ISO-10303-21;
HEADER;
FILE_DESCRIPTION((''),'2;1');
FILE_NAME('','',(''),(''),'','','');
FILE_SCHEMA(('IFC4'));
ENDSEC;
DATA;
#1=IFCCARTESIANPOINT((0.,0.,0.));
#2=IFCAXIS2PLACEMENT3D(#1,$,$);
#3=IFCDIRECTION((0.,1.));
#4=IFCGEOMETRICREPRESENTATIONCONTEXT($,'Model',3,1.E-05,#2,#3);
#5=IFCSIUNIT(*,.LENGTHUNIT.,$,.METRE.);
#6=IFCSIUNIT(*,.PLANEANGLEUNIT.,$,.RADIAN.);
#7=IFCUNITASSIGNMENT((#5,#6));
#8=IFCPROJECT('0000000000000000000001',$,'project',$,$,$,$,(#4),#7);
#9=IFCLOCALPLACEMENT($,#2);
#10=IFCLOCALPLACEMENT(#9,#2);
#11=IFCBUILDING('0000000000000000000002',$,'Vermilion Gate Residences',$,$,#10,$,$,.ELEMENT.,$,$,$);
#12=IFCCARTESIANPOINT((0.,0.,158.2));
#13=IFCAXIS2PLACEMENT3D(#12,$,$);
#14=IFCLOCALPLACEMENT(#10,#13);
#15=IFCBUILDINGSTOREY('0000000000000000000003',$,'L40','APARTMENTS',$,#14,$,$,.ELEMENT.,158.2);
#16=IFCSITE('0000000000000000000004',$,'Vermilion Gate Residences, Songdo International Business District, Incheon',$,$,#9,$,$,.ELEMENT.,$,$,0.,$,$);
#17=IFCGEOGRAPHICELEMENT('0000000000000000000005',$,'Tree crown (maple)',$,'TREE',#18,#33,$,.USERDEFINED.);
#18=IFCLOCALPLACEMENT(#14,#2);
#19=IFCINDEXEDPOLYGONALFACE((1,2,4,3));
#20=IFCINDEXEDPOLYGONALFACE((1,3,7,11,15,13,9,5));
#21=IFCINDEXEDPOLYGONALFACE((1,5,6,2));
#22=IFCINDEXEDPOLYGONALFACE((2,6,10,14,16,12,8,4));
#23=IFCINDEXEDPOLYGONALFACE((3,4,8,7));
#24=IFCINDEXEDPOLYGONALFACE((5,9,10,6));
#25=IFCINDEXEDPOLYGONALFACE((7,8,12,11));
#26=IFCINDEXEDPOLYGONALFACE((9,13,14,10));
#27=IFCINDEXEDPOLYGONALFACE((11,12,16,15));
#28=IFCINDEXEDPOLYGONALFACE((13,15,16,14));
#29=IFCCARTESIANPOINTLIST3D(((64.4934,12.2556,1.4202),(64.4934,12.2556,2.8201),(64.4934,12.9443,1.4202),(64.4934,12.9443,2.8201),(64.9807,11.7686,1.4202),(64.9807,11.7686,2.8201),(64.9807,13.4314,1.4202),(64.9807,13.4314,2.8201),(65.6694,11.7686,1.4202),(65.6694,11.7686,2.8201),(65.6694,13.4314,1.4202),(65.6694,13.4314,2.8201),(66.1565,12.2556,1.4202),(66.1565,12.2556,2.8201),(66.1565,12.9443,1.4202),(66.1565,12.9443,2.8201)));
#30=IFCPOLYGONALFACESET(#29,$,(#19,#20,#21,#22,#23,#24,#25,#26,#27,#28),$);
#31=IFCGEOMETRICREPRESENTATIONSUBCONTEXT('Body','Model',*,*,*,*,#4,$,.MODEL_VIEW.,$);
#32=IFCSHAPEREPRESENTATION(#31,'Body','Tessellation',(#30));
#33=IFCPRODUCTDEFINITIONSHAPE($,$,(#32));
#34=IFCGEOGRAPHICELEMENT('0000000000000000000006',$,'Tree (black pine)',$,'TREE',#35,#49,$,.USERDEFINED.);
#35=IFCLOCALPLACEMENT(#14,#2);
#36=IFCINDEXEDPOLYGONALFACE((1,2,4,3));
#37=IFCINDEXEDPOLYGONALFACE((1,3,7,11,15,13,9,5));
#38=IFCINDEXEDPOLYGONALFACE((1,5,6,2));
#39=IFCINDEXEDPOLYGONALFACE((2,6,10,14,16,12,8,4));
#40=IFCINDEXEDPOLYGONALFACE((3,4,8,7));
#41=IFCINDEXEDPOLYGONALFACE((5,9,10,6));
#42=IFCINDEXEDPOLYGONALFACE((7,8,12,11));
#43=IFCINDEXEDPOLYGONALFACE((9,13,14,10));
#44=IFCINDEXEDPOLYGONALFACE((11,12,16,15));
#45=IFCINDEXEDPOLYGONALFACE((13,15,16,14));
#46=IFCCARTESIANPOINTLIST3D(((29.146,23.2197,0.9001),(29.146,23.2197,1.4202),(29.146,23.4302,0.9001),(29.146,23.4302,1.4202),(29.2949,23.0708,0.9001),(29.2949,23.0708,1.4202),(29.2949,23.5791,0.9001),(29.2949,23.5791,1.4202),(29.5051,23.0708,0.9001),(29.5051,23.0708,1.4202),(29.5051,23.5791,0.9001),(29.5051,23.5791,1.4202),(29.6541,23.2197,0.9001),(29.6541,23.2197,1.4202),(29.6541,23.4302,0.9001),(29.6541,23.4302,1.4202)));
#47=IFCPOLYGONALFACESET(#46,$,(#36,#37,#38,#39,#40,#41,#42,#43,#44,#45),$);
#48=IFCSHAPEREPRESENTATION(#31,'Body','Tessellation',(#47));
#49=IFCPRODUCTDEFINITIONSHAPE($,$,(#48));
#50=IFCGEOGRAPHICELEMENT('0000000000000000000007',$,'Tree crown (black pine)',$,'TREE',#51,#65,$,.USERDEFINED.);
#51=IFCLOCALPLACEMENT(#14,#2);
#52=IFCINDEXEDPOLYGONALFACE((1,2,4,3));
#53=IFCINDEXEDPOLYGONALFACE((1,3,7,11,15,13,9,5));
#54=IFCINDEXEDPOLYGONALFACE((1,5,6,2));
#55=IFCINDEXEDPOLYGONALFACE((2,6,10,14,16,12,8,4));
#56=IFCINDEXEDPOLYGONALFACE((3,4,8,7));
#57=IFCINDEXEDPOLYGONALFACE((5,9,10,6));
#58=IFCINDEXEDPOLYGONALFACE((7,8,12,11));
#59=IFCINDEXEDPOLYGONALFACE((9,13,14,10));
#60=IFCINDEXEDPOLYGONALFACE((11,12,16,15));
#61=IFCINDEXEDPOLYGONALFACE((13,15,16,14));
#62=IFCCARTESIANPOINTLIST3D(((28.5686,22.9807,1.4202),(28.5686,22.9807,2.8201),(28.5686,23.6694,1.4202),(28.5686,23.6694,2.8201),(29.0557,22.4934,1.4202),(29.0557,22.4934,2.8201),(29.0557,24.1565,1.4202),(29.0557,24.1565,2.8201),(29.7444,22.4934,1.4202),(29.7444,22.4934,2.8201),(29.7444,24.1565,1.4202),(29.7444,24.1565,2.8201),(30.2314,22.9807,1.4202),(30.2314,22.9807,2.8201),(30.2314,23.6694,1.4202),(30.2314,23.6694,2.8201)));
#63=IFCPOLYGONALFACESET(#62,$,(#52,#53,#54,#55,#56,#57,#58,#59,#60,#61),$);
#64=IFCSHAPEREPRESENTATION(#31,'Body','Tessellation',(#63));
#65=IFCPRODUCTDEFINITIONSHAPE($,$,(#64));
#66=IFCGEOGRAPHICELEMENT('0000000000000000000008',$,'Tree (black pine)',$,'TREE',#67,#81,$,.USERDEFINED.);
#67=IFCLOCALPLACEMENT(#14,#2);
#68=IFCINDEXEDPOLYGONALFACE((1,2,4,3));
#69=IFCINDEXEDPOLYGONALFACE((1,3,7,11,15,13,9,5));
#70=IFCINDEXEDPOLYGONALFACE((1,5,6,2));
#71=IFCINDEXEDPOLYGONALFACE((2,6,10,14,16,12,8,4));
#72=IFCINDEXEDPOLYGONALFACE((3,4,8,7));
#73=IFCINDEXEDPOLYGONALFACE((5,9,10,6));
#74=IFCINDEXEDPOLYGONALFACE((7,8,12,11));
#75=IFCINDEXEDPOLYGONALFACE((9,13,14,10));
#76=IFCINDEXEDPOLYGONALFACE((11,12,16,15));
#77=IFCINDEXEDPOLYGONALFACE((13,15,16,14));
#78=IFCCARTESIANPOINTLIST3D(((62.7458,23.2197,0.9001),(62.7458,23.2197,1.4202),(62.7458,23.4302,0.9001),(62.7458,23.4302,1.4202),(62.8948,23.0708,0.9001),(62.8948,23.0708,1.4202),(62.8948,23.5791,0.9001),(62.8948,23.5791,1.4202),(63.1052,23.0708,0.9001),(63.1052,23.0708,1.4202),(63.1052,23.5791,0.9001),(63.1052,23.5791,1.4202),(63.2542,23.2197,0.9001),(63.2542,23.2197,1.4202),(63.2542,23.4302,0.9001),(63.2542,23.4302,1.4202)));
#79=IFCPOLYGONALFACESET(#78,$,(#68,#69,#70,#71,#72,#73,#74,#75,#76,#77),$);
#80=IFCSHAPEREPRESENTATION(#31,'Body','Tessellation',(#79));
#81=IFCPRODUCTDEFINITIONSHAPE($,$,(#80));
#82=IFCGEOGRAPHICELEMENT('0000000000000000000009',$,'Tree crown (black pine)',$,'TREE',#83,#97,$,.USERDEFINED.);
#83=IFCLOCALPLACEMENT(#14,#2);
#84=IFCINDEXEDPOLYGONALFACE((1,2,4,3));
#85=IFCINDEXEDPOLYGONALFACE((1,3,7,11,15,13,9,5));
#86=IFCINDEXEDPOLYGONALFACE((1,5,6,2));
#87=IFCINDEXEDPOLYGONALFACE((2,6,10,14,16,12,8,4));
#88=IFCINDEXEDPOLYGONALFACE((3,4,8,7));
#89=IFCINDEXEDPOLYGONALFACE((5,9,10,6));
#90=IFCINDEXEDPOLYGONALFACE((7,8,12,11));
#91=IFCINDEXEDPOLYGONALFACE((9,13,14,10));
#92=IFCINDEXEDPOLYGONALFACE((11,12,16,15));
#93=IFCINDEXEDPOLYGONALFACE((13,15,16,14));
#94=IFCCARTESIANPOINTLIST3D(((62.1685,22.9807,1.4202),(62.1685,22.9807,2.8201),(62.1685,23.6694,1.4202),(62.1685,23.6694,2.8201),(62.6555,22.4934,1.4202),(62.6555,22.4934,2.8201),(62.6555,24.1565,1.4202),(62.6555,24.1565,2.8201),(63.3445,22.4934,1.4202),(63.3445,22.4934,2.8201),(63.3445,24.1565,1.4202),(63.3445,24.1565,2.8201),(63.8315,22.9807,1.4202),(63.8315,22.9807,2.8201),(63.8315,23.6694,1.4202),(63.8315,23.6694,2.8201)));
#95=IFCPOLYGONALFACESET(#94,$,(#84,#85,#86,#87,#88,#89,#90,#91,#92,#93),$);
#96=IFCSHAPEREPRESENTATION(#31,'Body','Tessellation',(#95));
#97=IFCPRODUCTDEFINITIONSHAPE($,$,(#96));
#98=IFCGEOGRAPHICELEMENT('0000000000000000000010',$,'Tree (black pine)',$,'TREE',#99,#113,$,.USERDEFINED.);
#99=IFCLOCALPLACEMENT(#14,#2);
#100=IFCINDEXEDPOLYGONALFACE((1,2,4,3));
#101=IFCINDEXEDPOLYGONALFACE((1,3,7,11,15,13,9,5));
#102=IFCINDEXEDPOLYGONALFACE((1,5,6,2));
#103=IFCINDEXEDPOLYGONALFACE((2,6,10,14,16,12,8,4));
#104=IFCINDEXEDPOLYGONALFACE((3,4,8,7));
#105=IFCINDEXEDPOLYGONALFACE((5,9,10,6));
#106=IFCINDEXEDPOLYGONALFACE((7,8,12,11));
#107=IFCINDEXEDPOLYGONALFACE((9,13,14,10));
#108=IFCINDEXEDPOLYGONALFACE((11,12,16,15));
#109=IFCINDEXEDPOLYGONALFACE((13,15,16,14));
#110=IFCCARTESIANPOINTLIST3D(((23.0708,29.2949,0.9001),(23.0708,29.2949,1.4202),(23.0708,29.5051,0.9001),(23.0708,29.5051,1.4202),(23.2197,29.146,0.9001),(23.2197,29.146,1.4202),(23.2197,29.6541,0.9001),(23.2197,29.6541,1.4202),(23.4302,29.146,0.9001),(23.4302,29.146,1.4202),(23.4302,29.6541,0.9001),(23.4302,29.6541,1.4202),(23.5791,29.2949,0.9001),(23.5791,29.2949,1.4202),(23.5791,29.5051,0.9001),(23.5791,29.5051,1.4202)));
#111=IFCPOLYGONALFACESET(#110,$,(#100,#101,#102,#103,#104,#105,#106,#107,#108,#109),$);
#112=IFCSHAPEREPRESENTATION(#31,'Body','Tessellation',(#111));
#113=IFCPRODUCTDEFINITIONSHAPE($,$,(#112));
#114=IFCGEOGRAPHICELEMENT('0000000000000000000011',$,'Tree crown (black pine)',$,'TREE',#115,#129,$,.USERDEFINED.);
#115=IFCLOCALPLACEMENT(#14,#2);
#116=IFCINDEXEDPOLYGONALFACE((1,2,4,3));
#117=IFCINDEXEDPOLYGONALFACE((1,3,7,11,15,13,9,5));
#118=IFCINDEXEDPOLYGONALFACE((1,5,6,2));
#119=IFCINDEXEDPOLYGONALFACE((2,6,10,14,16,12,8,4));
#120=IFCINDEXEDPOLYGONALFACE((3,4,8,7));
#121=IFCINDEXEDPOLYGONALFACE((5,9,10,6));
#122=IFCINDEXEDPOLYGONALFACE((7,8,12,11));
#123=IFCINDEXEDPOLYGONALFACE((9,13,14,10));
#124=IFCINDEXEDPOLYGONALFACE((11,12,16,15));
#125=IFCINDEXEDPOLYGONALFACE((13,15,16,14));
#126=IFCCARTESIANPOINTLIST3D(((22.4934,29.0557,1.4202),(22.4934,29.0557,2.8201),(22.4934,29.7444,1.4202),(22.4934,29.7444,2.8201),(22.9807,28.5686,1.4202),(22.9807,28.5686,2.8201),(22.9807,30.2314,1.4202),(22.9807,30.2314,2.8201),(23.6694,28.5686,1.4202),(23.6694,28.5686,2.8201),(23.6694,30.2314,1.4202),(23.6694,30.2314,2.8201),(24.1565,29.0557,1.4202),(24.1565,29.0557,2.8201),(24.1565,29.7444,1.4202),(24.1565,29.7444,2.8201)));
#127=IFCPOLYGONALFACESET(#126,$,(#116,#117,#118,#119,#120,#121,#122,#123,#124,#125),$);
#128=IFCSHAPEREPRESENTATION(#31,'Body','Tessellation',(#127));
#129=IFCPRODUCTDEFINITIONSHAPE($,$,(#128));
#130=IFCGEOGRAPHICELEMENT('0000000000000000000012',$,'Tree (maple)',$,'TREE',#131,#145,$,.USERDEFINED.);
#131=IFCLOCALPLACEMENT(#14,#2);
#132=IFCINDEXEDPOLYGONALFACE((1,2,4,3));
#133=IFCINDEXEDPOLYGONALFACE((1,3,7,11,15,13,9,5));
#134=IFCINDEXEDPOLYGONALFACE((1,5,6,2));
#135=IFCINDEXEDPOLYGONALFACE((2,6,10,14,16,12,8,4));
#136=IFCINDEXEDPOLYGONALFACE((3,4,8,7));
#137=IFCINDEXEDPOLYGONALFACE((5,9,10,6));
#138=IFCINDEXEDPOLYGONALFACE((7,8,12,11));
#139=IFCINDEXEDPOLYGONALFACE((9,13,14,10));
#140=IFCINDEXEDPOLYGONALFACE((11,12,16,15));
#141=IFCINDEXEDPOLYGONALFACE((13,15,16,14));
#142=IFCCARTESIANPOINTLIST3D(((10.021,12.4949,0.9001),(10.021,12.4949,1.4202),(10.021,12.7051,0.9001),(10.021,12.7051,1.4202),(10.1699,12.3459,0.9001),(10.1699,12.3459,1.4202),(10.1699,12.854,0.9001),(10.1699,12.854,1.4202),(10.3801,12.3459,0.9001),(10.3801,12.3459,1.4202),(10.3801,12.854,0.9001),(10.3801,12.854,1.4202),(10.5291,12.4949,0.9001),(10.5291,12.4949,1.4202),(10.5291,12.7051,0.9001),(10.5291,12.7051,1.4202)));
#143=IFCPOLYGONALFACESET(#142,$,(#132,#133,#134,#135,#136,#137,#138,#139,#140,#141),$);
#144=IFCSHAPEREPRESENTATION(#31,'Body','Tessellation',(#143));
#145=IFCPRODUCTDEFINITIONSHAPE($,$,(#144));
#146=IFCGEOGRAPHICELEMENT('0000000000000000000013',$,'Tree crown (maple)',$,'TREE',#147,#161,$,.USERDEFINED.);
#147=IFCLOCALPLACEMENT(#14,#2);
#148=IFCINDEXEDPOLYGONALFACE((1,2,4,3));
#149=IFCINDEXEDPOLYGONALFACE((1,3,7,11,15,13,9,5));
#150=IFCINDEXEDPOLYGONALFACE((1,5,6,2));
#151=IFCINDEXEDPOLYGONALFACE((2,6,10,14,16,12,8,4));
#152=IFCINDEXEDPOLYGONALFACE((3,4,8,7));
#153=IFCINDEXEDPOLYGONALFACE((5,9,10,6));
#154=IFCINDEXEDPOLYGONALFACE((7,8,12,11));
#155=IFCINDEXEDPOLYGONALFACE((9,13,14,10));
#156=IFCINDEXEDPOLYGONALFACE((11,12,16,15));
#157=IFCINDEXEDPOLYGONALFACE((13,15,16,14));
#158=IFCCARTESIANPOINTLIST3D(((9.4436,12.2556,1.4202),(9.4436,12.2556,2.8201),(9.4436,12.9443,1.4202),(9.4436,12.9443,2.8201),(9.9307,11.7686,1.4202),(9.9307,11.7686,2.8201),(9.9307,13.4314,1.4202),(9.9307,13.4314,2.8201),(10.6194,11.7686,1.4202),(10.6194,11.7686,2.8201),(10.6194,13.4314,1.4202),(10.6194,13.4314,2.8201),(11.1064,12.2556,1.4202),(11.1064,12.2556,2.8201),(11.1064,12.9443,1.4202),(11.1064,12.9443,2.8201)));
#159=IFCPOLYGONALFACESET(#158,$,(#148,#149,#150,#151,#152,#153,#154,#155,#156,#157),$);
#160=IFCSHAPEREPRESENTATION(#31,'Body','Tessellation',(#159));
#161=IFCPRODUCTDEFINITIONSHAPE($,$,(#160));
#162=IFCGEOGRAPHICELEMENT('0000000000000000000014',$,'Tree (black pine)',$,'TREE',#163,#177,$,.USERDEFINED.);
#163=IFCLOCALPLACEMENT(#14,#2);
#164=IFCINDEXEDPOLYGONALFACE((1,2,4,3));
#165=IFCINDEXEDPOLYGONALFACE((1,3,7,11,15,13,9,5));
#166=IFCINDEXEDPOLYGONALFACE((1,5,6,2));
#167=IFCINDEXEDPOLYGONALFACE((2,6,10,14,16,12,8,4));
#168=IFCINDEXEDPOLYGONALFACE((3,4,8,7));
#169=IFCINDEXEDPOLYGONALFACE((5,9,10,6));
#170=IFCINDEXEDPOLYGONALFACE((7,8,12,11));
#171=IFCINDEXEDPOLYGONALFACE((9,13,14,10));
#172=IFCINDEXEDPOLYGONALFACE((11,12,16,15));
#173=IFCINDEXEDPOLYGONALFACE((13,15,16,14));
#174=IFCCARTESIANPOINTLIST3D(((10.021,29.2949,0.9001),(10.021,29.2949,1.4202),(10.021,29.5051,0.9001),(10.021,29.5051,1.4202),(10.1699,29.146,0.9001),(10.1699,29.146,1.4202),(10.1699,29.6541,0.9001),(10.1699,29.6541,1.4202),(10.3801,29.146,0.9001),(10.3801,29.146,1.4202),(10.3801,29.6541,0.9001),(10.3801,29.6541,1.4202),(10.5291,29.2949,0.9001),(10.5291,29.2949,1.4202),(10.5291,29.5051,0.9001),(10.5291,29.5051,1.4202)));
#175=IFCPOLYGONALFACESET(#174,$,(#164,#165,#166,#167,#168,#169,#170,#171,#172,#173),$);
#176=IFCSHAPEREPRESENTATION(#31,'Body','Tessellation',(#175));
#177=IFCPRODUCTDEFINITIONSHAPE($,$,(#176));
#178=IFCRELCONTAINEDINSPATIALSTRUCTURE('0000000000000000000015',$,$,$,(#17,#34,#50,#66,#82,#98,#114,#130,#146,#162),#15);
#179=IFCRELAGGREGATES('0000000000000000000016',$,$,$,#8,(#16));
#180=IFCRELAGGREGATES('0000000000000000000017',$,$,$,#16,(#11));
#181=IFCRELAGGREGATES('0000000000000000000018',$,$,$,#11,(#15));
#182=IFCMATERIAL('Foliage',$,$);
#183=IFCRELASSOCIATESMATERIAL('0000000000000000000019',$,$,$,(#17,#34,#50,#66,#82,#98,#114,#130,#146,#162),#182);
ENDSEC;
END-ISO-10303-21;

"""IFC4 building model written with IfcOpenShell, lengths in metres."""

from ifc_helpers import new_model, si_unit, direction, frame, origin, place, context, subcontext, project, spatial, polyline, outline, extrude, material, element, save


model = new_model("IFC4")

# Units and contexts
model_context = context("Model", 3, precision=1e-05, world=origin(), true_north=direction((0.0, 1.0)))
body_context = subcontext(model_context, "Body", "Model", "MODEL_VIEW")
ifc_project = project(units=[si_unit("LENGTHUNIT", "METRE"), si_unit("PLANEANGLEUNIT", "RADIAN")], contexts=[model_context])

# Site, building, storey
site_placement = place(None, origin())
site = spatial("IfcSite", under=ifc_project, at=site_placement, Name="Vermilion Gate Residences, Songdo International Business District, Incheon", CompositionType="ELEMENT", RefElevation=0.0)
building_placement = place(site_placement, origin())
building = spatial("IfcBuilding", under=site, at=building_placement, Name="Vermilion Gate Residences", CompositionType="ELEMENT")
storey_placement = place(building_placement, frame((0.0, 0.0, 158.2)))
storey = spatial("IfcBuildingStorey", under=building, at=storey_placement, Name="L40", Description="APARTMENTS", CompositionType="ELEMENT", Elevation=158.2)

# Geographic elements
ifc_material_1 = material(Name="Foliage")
geographic_element_1_placement = place(storey_placement, frame((0.0, 0.0, 1.4202)))
element("IfcGeographicElement", 1, at=geographic_element_1_placement, inside=storey, material=ifc_material_1, Name="Tree crown (maple)", ObjectType="TREE", PredefinedType="USERDEFINED", context=body_context, shape_type="SweptSolid", body=[
    extrude(outline(polyline([(66.1565, 12.9443), (65.6694, 13.4314), (64.9807, 13.4314), (64.4934, 12.9443), (64.4934, 12.2556), (64.9807, 11.7686), (65.6694, 11.7686), (66.1565, 12.2556), (66.1565, 12.9443)])), origin(), (0.0, 0.0, 1.0), 1.3999),
])
geographic_element_2_placement = place(storey_placement, frame((0.0, 0.0, 0.9001)))
element("IfcGeographicElement", 2, at=geographic_element_2_placement, inside=storey, material=ifc_material_1, Name="Tree (black pine)", ObjectType="TREE", PredefinedType="USERDEFINED", context=body_context, shape_type="SweptSolid", body=[
    extrude(outline(polyline([(29.6541, 23.4302), (29.5051, 23.5791), (29.2949, 23.5791), (29.146, 23.4302), (29.146, 23.2197), (29.2949, 23.0708), (29.5051, 23.0708), (29.6541, 23.2197), (29.6541, 23.4302)])), origin(), (0.0, 0.0, 1.0), 0.52),
])
geographic_element_3_placement = place(storey_placement, frame((0.0, 0.0, 1.4202)))
element("IfcGeographicElement", 3, at=geographic_element_3_placement, inside=storey, material=ifc_material_1, Name="Tree crown (black pine)", ObjectType="TREE", PredefinedType="USERDEFINED", context=body_context, shape_type="SweptSolid", body=[
    extrude(outline(polyline([(30.2314, 23.6694), (29.7444, 24.1565), (29.0557, 24.1565), (28.5686, 23.6694), (28.5686, 22.9807), (29.0557, 22.4934), (29.7444, 22.4934), (30.2314, 22.9807), (30.2314, 23.6694)])), origin(), (0.0, 0.0, 1.0), 1.3999),
])
geographic_element_4_placement = place(storey_placement, frame((0.0, 0.0, 0.9001)))
element("IfcGeographicElement", 4, at=geographic_element_4_placement, inside=storey, material=ifc_material_1, Name="Tree (black pine)", ObjectType="TREE", PredefinedType="USERDEFINED", context=body_context, shape_type="SweptSolid", body=[
    extrude(outline(polyline([(63.2542, 23.4302), (63.1052, 23.5791), (62.8948, 23.5791), (62.7458, 23.4302), (62.7458, 23.2197), (62.8948, 23.0708), (63.1052, 23.0708), (63.2542, 23.2197), (63.2542, 23.4302)])), origin(), (0.0, 0.0, 1.0), 0.52),
])
geographic_element_5_placement = place(storey_placement, frame((0.0, 0.0, 1.4202)))
element("IfcGeographicElement", 5, at=geographic_element_5_placement, inside=storey, material=ifc_material_1, Name="Tree crown (black pine)", ObjectType="TREE", PredefinedType="USERDEFINED", context=body_context, shape_type="SweptSolid", body=[
    extrude(outline(polyline([(63.8315, 23.6694), (63.3445, 24.1565), (62.6555, 24.1565), (62.1685, 23.6694), (62.1685, 22.9807), (62.6555, 22.4934), (63.3445, 22.4934), (63.8315, 22.9807), (63.8315, 23.6694)])), origin(), (0.0, 0.0, 1.0), 1.3999),
])
geographic_element_6_placement = place(storey_placement, frame((0.0, 0.0, 0.9001)))
element("IfcGeographicElement", 6, at=geographic_element_6_placement, inside=storey, material=ifc_material_1, Name="Tree (black pine)", ObjectType="TREE", PredefinedType="USERDEFINED", context=body_context, shape_type="SweptSolid", body=[
    extrude(outline(polyline([(23.5791, 29.5051), (23.4302, 29.6541), (23.2197, 29.6541), (23.0708, 29.5051), (23.0708, 29.2949), (23.2197, 29.146), (23.4302, 29.146), (23.5791, 29.2949), (23.5791, 29.5051)])), origin(), (0.0, 0.0, 1.0), 0.52),
])
geographic_element_7_placement = place(storey_placement, frame((0.0, 0.0, 1.4202)))
element("IfcGeographicElement", 7, at=geographic_element_7_placement, inside=storey, material=ifc_material_1, Name="Tree crown (black pine)", ObjectType="TREE", PredefinedType="USERDEFINED", context=body_context, shape_type="SweptSolid", body=[
    extrude(outline(polyline([(24.1565, 29.7444), (23.6694, 30.2314), (22.9807, 30.2314), (22.4934, 29.7444), (22.4934, 29.0557), (22.9807, 28.5686), (23.6694, 28.5686), (24.1565, 29.0557), (24.1565, 29.7444)])), origin(), (0.0, 0.0, 1.0), 1.3999),
])
geographic_element_8_placement = place(storey_placement, frame((0.0, 0.0, 0.9001)))
element("IfcGeographicElement", 8, at=geographic_element_8_placement, inside=storey, material=ifc_material_1, Name="Tree (maple)", ObjectType="TREE", PredefinedType="USERDEFINED", context=body_context, shape_type="SweptSolid", body=[
    extrude(outline(polyline([(10.5291, 12.7051), (10.3801, 12.854), (10.1699, 12.854), (10.021, 12.7051), (10.021, 12.4949), (10.1699, 12.3459), (10.3801, 12.3459), (10.5291, 12.4949), (10.5291, 12.7051)])), origin(), (0.0, 0.0, 1.0), 0.52),
])
geographic_element_9_placement = place(storey_placement, frame((0.0, 0.0, 1.4202)))
element("IfcGeographicElement", 9, at=geographic_element_9_placement, inside=storey, material=ifc_material_1, Name="Tree crown (maple)", ObjectType="TREE", PredefinedType="USERDEFINED", context=body_context, shape_type="SweptSolid", body=[
    extrude(outline(polyline([(11.1064, 12.9443), (10.6194, 13.4314), (9.9307, 13.4314), (9.4436, 12.9443), (9.4436, 12.2556), (9.9307, 11.7686), (10.6194, 11.7686), (11.1064, 12.2556), (11.1064, 12.9443)])), origin(), (0.0, 0.0, 1.0), 1.3999),
])
geographic_element_10_placement = place(storey_placement, frame((0.0, 0.0, 0.9001)))
element("IfcGeographicElement", 10, at=geographic_element_10_placement, inside=storey, material=ifc_material_1, Name="Tree (black pine)", ObjectType="TREE", PredefinedType="USERDEFINED", context=body_context, shape_type="SweptSolid", body=[
    extrude(outline(polyline([(10.5291, 29.5051), (10.3801, 29.6541), (10.1699, 29.6541), (10.021, 29.5051), (10.021, 29.2949), (10.1699, 29.146), (10.3801, 29.146), (10.5291, 29.2949), (10.5291, 29.5051)])), origin(), (0.0, 0.0, 1.0), 0.52),
])

save(model, "model.ifc")
